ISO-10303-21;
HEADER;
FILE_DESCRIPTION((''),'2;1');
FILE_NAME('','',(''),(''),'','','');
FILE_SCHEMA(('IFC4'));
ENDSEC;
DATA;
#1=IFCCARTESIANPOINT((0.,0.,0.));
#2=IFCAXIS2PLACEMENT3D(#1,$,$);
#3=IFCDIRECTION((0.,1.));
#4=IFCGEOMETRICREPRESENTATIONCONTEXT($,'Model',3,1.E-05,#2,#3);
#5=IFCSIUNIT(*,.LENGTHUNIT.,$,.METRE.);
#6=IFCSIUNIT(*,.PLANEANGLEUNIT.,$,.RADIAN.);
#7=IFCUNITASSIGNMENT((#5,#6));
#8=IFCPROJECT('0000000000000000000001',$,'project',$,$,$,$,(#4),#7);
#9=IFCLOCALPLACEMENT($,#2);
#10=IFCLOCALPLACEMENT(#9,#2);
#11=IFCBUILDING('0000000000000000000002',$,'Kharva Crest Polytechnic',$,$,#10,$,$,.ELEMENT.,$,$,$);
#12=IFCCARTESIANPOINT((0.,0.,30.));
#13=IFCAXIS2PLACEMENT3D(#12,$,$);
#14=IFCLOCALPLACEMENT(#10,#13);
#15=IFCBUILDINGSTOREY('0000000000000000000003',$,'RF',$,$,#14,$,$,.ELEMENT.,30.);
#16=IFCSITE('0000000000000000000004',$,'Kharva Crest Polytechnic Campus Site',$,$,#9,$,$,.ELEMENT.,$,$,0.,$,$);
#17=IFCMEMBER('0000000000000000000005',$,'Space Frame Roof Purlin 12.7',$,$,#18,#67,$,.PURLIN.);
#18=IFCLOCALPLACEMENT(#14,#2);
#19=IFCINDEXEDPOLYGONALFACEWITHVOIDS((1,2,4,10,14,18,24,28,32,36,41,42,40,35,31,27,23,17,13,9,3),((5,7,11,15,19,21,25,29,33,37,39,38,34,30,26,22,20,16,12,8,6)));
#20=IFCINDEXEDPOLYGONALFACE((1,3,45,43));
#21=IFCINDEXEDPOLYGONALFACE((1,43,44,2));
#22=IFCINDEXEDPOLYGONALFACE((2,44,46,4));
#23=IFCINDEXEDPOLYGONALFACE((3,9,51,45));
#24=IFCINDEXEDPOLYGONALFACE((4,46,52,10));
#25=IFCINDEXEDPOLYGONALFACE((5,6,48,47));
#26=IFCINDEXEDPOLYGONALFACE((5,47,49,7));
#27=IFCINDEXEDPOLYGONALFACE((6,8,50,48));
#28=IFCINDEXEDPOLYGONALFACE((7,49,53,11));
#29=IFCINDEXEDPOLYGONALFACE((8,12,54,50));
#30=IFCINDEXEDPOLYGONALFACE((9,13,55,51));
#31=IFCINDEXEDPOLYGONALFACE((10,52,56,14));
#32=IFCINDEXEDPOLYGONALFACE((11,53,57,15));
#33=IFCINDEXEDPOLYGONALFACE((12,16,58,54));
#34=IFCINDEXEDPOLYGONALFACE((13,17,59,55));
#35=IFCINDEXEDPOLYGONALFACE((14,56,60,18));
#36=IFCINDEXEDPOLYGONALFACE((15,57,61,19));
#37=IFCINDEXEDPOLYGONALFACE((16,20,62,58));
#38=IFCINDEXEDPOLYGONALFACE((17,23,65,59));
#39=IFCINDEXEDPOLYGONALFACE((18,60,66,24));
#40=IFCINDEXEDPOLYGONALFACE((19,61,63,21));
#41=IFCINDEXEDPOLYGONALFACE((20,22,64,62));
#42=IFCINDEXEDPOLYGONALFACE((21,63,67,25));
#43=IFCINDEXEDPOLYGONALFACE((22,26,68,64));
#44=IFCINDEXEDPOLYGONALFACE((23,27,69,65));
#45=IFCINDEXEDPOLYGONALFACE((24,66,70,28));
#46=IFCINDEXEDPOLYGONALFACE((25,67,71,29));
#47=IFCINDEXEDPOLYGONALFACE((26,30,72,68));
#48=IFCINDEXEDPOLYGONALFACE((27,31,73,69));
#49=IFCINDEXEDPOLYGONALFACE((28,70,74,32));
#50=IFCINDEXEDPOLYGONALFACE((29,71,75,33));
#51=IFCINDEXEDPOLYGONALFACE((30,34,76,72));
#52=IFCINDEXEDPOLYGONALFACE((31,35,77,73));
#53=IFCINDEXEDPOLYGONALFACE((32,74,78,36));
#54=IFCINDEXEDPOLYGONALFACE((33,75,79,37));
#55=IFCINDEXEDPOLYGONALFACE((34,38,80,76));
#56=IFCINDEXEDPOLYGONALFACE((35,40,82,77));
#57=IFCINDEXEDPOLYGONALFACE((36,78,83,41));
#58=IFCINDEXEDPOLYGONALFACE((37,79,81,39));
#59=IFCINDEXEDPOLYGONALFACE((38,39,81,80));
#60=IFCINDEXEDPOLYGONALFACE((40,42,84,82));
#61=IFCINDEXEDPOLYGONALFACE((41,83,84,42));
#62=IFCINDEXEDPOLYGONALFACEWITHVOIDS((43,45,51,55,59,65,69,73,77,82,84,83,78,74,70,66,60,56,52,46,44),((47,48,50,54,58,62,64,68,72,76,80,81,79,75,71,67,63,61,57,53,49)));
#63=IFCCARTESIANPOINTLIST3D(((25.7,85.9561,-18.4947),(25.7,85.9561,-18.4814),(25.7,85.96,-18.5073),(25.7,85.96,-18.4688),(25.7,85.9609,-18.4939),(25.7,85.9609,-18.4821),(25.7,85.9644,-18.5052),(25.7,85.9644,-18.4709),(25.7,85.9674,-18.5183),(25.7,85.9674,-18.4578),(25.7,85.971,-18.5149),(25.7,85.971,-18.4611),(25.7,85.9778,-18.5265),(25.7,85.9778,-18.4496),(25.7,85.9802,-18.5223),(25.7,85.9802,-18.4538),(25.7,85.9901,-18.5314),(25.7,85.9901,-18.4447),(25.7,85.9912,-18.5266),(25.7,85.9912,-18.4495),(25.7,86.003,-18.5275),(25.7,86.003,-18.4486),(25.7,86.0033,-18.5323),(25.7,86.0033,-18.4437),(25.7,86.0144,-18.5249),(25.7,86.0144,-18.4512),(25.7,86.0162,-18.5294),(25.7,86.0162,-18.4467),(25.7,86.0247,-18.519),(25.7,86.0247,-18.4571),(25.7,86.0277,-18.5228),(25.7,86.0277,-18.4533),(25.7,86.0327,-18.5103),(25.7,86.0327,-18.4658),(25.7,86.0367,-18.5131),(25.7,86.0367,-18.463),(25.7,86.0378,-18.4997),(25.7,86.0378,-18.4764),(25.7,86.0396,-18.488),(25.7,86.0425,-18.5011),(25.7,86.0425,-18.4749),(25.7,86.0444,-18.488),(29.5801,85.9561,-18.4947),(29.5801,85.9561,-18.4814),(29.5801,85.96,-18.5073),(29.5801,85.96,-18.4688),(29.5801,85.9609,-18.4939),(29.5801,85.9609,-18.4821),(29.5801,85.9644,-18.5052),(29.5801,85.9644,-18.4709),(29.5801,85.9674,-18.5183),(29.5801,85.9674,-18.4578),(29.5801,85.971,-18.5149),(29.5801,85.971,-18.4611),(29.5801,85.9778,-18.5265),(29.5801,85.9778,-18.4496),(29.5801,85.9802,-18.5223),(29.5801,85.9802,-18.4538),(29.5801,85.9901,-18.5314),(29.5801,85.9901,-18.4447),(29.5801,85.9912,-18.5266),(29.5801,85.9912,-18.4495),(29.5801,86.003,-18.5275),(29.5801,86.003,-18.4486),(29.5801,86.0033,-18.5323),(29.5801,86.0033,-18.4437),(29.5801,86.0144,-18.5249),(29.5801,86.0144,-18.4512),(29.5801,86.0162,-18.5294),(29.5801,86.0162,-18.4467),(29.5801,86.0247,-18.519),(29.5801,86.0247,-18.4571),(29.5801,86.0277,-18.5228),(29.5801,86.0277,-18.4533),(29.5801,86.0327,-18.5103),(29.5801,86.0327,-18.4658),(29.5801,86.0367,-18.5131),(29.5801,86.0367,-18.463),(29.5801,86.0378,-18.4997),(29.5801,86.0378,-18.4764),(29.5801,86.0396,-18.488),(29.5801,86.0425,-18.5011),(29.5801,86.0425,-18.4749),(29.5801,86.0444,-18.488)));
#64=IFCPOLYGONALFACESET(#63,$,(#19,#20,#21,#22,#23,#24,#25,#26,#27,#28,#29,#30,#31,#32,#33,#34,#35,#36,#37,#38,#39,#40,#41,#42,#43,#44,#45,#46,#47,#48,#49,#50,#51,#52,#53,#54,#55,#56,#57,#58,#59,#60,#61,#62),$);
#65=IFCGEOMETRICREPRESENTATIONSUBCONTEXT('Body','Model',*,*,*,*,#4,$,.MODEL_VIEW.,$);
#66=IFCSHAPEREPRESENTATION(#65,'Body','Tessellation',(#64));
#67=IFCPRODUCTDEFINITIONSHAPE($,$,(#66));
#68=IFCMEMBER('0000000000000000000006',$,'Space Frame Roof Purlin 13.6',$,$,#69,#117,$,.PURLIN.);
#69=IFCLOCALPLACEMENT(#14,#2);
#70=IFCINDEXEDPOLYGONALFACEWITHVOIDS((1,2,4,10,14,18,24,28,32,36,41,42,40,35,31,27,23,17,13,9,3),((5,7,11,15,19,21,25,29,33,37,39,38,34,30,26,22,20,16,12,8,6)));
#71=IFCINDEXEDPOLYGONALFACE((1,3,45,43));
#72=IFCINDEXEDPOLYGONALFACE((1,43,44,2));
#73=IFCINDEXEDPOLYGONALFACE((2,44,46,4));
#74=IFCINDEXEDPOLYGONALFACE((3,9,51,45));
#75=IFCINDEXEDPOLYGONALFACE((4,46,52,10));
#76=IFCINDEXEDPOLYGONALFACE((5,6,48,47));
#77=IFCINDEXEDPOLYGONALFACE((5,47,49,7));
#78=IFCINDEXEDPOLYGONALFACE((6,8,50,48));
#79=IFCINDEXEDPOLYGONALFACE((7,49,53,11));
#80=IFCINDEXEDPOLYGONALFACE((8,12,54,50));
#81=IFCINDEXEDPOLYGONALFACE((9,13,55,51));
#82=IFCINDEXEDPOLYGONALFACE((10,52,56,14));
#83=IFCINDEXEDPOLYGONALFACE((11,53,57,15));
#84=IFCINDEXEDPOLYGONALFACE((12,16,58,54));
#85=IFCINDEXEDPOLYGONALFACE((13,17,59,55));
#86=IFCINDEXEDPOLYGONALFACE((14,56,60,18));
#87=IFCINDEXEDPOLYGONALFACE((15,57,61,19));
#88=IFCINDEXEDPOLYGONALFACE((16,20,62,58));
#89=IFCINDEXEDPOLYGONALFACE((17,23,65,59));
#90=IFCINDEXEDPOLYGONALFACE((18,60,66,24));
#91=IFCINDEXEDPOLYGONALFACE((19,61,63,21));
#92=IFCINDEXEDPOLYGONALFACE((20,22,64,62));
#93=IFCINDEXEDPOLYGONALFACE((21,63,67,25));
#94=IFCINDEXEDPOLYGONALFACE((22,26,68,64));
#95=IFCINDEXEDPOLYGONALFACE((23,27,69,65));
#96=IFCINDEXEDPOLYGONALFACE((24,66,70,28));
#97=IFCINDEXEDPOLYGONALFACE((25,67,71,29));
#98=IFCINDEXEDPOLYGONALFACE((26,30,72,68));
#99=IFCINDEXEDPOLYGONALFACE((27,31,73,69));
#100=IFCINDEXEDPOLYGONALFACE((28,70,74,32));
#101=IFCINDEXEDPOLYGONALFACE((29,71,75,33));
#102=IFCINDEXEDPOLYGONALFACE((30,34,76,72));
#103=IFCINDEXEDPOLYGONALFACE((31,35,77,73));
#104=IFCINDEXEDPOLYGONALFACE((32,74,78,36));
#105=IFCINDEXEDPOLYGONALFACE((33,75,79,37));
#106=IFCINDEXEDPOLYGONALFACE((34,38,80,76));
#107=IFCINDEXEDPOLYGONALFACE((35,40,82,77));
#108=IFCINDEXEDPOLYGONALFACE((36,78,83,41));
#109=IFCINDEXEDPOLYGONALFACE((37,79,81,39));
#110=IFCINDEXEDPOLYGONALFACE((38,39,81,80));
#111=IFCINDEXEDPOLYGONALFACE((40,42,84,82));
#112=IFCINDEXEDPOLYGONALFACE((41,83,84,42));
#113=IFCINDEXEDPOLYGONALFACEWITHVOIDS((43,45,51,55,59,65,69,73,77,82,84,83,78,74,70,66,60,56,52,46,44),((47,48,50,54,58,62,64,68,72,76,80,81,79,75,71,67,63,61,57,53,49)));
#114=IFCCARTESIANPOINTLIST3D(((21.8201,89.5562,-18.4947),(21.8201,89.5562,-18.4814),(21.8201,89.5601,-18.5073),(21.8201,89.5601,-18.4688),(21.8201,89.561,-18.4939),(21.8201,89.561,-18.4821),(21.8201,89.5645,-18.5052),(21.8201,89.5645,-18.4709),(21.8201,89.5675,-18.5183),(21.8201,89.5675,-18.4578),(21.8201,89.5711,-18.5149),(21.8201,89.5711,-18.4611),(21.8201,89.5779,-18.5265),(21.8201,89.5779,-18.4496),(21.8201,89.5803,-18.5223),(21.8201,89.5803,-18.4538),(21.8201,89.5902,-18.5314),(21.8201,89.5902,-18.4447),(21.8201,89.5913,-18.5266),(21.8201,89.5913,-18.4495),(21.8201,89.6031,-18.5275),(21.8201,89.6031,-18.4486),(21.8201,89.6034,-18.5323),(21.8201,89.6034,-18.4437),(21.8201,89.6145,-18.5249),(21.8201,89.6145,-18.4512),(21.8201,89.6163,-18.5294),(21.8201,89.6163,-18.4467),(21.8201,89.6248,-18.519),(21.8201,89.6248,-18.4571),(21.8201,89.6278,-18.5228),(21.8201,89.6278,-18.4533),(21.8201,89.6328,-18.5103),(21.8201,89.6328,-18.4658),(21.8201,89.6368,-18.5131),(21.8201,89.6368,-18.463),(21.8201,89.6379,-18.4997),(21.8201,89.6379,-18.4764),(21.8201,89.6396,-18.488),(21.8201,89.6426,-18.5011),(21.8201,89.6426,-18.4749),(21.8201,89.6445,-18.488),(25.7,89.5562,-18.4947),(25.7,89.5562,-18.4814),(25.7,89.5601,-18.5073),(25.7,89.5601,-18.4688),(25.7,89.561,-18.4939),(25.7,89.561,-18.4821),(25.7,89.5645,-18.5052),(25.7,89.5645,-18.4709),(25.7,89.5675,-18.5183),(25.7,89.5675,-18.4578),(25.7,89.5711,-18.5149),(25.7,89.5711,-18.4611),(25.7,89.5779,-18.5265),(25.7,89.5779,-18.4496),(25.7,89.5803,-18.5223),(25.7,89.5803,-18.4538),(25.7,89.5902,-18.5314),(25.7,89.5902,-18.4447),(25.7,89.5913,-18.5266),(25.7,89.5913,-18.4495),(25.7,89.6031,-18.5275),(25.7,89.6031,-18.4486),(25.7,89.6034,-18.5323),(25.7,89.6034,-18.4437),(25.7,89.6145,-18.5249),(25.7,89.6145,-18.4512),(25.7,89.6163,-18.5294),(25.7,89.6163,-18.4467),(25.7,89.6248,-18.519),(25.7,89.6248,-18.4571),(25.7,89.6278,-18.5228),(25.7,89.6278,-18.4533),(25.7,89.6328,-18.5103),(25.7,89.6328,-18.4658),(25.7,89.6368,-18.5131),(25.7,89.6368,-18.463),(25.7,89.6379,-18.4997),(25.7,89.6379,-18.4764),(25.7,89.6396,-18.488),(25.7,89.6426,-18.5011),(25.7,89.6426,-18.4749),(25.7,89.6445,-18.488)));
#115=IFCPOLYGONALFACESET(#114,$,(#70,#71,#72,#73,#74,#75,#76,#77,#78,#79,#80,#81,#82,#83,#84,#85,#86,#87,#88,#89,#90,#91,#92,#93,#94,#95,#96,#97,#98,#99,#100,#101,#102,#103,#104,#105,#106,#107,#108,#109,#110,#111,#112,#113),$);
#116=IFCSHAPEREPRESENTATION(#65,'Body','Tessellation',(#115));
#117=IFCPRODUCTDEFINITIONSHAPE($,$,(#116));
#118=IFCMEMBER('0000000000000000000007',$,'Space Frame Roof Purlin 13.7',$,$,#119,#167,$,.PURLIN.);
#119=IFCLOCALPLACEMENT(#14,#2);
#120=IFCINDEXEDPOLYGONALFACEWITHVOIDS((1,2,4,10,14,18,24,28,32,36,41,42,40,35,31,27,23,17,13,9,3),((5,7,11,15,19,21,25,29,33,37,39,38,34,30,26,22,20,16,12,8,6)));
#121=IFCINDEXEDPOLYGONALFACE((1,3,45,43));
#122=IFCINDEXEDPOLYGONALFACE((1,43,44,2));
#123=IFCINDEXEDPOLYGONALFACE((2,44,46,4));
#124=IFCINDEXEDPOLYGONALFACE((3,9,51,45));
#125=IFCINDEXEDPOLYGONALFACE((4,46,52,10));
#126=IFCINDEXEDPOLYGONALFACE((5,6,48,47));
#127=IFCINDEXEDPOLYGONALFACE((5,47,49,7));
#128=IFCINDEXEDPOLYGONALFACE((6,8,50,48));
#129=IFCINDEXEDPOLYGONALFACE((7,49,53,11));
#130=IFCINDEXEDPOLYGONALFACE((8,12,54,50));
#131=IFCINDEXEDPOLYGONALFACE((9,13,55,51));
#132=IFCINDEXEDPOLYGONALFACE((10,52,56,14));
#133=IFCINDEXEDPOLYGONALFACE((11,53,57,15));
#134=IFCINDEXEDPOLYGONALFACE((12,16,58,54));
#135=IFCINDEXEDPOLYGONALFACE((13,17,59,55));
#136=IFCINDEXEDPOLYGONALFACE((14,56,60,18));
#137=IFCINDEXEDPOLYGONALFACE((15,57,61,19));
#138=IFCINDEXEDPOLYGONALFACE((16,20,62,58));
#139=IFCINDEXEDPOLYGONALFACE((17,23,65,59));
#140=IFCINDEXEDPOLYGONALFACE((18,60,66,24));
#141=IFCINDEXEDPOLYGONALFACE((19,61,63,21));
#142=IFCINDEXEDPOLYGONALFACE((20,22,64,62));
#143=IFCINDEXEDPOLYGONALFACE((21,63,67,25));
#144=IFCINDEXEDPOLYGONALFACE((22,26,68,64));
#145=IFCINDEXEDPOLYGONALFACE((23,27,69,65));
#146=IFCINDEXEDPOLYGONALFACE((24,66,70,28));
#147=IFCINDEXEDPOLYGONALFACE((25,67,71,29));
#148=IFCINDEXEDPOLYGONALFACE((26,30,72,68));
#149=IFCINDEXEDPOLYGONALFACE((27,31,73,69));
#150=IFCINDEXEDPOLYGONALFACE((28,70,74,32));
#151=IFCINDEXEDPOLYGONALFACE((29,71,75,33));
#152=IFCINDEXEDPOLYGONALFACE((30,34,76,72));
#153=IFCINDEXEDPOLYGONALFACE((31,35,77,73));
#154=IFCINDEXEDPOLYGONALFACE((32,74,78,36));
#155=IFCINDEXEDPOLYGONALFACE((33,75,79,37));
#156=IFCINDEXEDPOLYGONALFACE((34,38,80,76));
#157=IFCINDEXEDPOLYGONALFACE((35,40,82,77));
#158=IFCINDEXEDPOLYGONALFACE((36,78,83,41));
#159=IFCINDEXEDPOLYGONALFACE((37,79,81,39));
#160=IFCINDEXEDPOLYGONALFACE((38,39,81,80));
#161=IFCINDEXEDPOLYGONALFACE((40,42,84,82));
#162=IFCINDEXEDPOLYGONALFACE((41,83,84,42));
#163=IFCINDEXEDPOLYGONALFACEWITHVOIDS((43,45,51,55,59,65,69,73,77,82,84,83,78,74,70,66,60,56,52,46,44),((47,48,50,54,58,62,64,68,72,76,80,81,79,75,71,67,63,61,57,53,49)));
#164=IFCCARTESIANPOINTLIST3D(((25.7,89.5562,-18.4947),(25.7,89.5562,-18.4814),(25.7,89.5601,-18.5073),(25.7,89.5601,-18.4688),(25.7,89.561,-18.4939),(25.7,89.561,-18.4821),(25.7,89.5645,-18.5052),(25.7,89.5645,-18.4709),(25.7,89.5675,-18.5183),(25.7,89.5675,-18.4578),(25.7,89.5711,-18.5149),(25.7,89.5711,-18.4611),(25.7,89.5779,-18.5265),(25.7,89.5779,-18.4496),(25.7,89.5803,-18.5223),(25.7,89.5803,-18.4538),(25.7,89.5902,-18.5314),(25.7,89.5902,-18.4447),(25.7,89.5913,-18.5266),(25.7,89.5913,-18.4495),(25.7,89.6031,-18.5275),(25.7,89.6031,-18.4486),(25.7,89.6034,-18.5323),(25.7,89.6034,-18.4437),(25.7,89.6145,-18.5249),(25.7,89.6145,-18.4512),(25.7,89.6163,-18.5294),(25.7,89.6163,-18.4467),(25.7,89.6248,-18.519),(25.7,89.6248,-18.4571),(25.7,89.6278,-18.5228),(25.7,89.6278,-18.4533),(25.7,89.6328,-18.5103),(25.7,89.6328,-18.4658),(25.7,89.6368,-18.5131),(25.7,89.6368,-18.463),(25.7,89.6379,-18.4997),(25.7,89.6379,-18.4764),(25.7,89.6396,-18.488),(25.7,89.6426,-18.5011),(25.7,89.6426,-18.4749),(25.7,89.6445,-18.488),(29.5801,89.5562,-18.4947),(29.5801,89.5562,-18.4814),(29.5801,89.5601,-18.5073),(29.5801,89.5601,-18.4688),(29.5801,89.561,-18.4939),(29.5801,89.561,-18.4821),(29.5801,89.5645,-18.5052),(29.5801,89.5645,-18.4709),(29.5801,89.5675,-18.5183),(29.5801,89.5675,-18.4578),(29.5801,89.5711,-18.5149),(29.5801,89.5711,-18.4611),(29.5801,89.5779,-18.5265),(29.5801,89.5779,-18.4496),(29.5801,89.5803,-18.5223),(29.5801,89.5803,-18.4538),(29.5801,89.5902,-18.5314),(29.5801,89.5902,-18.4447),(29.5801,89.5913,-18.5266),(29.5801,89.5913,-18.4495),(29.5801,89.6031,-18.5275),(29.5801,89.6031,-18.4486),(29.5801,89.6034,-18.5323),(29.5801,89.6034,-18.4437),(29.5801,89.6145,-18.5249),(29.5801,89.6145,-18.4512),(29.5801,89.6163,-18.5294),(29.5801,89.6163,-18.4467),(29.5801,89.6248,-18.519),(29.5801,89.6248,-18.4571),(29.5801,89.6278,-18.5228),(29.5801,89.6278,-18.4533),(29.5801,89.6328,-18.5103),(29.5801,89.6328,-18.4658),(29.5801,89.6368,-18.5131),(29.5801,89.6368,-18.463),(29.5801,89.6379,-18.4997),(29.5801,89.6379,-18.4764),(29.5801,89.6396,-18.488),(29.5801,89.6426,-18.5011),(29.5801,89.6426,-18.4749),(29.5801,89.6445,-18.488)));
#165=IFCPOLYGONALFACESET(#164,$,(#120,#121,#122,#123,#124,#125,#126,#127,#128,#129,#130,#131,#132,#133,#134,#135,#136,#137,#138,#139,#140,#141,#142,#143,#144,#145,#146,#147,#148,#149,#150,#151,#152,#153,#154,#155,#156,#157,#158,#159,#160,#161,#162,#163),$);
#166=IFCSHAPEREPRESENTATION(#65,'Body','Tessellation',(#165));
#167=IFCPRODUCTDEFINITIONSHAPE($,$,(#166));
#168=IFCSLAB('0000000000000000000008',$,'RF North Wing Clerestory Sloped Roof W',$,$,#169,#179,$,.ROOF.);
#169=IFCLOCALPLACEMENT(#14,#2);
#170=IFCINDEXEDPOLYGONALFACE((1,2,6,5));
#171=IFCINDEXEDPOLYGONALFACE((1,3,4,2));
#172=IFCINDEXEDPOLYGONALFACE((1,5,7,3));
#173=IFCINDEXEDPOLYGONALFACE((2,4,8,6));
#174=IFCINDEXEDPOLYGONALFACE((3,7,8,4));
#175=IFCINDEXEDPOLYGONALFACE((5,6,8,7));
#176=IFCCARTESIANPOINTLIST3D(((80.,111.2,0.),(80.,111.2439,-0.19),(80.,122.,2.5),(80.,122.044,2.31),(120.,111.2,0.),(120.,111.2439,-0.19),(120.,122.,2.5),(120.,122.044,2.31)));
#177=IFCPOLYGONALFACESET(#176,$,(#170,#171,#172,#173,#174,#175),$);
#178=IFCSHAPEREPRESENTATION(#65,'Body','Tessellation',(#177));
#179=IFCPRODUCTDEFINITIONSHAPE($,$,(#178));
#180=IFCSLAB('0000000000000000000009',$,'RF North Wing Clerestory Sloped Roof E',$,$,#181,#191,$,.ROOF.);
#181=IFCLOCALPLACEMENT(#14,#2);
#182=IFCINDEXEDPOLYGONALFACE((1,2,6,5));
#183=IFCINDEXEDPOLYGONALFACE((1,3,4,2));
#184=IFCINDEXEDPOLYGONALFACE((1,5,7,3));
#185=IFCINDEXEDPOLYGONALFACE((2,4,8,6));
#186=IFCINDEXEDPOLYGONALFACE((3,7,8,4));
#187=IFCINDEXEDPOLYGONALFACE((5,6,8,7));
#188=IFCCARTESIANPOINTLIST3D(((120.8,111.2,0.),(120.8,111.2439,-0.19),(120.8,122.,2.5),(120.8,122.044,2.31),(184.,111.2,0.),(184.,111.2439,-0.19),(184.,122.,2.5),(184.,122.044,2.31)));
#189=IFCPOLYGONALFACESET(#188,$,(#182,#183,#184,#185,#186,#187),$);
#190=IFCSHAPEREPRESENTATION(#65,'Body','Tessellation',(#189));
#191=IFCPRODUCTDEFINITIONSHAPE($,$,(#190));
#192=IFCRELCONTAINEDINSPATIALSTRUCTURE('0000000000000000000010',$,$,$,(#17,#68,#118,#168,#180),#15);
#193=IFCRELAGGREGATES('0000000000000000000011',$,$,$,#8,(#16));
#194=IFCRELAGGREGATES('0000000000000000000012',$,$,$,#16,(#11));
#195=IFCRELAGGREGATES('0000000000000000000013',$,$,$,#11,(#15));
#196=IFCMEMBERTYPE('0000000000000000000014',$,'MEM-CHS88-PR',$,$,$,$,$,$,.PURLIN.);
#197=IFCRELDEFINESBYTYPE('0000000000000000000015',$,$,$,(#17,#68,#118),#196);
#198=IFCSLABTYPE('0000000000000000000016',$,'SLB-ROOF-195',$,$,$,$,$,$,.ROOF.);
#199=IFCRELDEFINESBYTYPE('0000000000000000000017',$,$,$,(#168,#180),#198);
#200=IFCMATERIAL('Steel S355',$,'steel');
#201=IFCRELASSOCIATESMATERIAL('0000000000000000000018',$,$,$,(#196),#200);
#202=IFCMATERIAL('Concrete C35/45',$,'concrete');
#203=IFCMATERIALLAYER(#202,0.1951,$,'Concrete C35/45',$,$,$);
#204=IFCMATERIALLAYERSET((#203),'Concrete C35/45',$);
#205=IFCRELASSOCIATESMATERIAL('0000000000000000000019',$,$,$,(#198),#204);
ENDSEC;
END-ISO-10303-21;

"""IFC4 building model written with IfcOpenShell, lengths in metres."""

from ifc_helpers import new_model, si_unit, direction, frame, origin, origin_2d, place, context, subcontext, project, spatial, polyline, hollow_circle, outline, extrude, material, layer, layer_set, material_profile, profile_set, type_object, element, save


model = new_model("IFC4")

# Units and contexts
model_context = context("Model", 3, precision=1e-05, world=origin(), true_north=direction((0.0, 1.0)))
body_context = subcontext(model_context, "Body", "Model", "MODEL_VIEW")
ifc_project = project(units=[si_unit("LENGTHUNIT", "METRE"), si_unit("PLANEANGLEUNIT", "RADIAN")], contexts=[model_context])

# Site, building, storey
site_placement = place(None, origin())
site = spatial("IfcSite", under=ifc_project, at=site_placement, Name="Kharva Crest Polytechnic Campus Site", CompositionType="ELEMENT", RefElevation=0.0)
building_placement = place(site_placement, origin())
building = spatial("IfcBuilding", under=site, at=building_placement, Name="Kharva Crest Polytechnic", CompositionType="ELEMENT")
storey_placement = place(building_placement, frame((0.0, 0.0, 30.0)))
storey = spatial("IfcBuildingStorey", under=building, at=storey_placement, Name="RF", CompositionType="ELEMENT", Elevation=30.0)

# Members
ifc_material_1 = material(Name="Steel S355", Category="steel")
ifc_material_profile = material_profile(ifc_material_1, hollow_circle(Radius=0.0444, WallThickness=0.0049, at=origin_2d()), Name="CHS 88.9X5.0")
ifc_profile_set = profile_set([ifc_material_profile], Name="Steel S355")
member_type = type_object("IfcMemberType", Name="MEM-CHS88-PR", PredefinedType="PURLIN", material=ifc_profile_set)
member_1_placement = place(storey_placement, frame((25.7, 86.0, -18.488), z_axis=(1.0, 0.0, 0.0), x_axis=(0.0, 1.0, 0.0)))
element("IfcMember", 1, at=member_1_placement, inside=storey, type_object=member_type, Name="Space Frame Roof Purlin 12.7", PredefinedType="PURLIN", context=body_context, shape_type="SweptSolid", body=[
    extrude(hollow_circle(Radius=0.0444, WallThickness=0.0049, at=origin_2d()), origin(), (0.0, 0.0, 1.0), 3.8801),
])
member_2_placement = place(storey_placement, frame((21.8201, 89.6001, -18.488), z_axis=(1.0, 0.0, 0.0), x_axis=(0.0, 1.0, 0.0)))
element("IfcMember", 2, at=member_2_placement, inside=storey, type_object=member_type, Name="Space Frame Roof Purlin 13.6", PredefinedType="PURLIN", context=body_context, shape_type="SweptSolid", body=[
    extrude(hollow_circle(Radius=0.0444, WallThickness=0.0049, at=origin_2d()), origin(), (0.0, 0.0, 1.0), 3.8799),
])
member_3_placement = place(storey_placement, frame((25.7, 89.6001, -18.488), z_axis=(1.0, 0.0, 0.0), x_axis=(0.0, 1.0, 0.0)))
element("IfcMember", 3, at=member_3_placement, inside=storey, type_object=member_type, Name="Space Frame Roof Purlin 13.7", PredefinedType="PURLIN", context=body_context, shape_type="SweptSolid", body=[
    extrude(hollow_circle(Radius=0.0444, WallThickness=0.0049, at=origin_2d()), origin(), (0.0, 0.0, 1.0), 3.8801),
])

# Slabs
ifc_material_2 = material(Name="Concrete C35/45", Category="concrete")
ifc_layer_1 = layer(ifc_material_2, 0.1951, Name="Concrete C35/45")
ifc_layer_set_1 = layer_set([ifc_layer_1], Name="Concrete C35/45")
slab_type = type_object("IfcSlabType", Name="SLB-ROOF-195", PredefinedType="ROOF", material=ifc_layer_set_1)
slab_1_placement = place(storey_placement, frame((80.0, 111.2, 0.0), z_axis=(0.0, -0.225517, 0.974239), x_axis=(1.0, 0.0, 0.0)))
element("IfcSlab", 4, at=slab_1_placement, inside=storey, type_object=slab_type, Name="RF North Wing Clerestory Sloped Roof W", PredefinedType="ROOF", context=body_context, shape_type="SweptSolid", body=[
    extrude(outline(polyline([(0.0, 0.0), (40.0, 0.0), (40.0, 11.0856), (0.0, 11.0856), (0.0, 0.0)])), origin(), (0.0, 0.0, -1.0), 0.1951),
])
slab_2_placement = place(storey_placement, frame((120.8, 111.2, 0.0), z_axis=(0.0, -0.225517, 0.974239), x_axis=(1.0, 0.0, 0.0)))
element("IfcSlab", 5, at=slab_2_placement, inside=storey, type_object=slab_type, Name="RF North Wing Clerestory Sloped Roof E", PredefinedType="ROOF", context=body_context, shape_type="SweptSolid", body=[
    extrude(outline(polyline([(0.0, 0.0), (63.2, 0.0), (63.2, 11.0856), (0.0, 11.0856), (0.0, 0.0)])), origin(), (0.0, 0.0, -1.0), 0.1951),
])

save(model, "model.ifc")
